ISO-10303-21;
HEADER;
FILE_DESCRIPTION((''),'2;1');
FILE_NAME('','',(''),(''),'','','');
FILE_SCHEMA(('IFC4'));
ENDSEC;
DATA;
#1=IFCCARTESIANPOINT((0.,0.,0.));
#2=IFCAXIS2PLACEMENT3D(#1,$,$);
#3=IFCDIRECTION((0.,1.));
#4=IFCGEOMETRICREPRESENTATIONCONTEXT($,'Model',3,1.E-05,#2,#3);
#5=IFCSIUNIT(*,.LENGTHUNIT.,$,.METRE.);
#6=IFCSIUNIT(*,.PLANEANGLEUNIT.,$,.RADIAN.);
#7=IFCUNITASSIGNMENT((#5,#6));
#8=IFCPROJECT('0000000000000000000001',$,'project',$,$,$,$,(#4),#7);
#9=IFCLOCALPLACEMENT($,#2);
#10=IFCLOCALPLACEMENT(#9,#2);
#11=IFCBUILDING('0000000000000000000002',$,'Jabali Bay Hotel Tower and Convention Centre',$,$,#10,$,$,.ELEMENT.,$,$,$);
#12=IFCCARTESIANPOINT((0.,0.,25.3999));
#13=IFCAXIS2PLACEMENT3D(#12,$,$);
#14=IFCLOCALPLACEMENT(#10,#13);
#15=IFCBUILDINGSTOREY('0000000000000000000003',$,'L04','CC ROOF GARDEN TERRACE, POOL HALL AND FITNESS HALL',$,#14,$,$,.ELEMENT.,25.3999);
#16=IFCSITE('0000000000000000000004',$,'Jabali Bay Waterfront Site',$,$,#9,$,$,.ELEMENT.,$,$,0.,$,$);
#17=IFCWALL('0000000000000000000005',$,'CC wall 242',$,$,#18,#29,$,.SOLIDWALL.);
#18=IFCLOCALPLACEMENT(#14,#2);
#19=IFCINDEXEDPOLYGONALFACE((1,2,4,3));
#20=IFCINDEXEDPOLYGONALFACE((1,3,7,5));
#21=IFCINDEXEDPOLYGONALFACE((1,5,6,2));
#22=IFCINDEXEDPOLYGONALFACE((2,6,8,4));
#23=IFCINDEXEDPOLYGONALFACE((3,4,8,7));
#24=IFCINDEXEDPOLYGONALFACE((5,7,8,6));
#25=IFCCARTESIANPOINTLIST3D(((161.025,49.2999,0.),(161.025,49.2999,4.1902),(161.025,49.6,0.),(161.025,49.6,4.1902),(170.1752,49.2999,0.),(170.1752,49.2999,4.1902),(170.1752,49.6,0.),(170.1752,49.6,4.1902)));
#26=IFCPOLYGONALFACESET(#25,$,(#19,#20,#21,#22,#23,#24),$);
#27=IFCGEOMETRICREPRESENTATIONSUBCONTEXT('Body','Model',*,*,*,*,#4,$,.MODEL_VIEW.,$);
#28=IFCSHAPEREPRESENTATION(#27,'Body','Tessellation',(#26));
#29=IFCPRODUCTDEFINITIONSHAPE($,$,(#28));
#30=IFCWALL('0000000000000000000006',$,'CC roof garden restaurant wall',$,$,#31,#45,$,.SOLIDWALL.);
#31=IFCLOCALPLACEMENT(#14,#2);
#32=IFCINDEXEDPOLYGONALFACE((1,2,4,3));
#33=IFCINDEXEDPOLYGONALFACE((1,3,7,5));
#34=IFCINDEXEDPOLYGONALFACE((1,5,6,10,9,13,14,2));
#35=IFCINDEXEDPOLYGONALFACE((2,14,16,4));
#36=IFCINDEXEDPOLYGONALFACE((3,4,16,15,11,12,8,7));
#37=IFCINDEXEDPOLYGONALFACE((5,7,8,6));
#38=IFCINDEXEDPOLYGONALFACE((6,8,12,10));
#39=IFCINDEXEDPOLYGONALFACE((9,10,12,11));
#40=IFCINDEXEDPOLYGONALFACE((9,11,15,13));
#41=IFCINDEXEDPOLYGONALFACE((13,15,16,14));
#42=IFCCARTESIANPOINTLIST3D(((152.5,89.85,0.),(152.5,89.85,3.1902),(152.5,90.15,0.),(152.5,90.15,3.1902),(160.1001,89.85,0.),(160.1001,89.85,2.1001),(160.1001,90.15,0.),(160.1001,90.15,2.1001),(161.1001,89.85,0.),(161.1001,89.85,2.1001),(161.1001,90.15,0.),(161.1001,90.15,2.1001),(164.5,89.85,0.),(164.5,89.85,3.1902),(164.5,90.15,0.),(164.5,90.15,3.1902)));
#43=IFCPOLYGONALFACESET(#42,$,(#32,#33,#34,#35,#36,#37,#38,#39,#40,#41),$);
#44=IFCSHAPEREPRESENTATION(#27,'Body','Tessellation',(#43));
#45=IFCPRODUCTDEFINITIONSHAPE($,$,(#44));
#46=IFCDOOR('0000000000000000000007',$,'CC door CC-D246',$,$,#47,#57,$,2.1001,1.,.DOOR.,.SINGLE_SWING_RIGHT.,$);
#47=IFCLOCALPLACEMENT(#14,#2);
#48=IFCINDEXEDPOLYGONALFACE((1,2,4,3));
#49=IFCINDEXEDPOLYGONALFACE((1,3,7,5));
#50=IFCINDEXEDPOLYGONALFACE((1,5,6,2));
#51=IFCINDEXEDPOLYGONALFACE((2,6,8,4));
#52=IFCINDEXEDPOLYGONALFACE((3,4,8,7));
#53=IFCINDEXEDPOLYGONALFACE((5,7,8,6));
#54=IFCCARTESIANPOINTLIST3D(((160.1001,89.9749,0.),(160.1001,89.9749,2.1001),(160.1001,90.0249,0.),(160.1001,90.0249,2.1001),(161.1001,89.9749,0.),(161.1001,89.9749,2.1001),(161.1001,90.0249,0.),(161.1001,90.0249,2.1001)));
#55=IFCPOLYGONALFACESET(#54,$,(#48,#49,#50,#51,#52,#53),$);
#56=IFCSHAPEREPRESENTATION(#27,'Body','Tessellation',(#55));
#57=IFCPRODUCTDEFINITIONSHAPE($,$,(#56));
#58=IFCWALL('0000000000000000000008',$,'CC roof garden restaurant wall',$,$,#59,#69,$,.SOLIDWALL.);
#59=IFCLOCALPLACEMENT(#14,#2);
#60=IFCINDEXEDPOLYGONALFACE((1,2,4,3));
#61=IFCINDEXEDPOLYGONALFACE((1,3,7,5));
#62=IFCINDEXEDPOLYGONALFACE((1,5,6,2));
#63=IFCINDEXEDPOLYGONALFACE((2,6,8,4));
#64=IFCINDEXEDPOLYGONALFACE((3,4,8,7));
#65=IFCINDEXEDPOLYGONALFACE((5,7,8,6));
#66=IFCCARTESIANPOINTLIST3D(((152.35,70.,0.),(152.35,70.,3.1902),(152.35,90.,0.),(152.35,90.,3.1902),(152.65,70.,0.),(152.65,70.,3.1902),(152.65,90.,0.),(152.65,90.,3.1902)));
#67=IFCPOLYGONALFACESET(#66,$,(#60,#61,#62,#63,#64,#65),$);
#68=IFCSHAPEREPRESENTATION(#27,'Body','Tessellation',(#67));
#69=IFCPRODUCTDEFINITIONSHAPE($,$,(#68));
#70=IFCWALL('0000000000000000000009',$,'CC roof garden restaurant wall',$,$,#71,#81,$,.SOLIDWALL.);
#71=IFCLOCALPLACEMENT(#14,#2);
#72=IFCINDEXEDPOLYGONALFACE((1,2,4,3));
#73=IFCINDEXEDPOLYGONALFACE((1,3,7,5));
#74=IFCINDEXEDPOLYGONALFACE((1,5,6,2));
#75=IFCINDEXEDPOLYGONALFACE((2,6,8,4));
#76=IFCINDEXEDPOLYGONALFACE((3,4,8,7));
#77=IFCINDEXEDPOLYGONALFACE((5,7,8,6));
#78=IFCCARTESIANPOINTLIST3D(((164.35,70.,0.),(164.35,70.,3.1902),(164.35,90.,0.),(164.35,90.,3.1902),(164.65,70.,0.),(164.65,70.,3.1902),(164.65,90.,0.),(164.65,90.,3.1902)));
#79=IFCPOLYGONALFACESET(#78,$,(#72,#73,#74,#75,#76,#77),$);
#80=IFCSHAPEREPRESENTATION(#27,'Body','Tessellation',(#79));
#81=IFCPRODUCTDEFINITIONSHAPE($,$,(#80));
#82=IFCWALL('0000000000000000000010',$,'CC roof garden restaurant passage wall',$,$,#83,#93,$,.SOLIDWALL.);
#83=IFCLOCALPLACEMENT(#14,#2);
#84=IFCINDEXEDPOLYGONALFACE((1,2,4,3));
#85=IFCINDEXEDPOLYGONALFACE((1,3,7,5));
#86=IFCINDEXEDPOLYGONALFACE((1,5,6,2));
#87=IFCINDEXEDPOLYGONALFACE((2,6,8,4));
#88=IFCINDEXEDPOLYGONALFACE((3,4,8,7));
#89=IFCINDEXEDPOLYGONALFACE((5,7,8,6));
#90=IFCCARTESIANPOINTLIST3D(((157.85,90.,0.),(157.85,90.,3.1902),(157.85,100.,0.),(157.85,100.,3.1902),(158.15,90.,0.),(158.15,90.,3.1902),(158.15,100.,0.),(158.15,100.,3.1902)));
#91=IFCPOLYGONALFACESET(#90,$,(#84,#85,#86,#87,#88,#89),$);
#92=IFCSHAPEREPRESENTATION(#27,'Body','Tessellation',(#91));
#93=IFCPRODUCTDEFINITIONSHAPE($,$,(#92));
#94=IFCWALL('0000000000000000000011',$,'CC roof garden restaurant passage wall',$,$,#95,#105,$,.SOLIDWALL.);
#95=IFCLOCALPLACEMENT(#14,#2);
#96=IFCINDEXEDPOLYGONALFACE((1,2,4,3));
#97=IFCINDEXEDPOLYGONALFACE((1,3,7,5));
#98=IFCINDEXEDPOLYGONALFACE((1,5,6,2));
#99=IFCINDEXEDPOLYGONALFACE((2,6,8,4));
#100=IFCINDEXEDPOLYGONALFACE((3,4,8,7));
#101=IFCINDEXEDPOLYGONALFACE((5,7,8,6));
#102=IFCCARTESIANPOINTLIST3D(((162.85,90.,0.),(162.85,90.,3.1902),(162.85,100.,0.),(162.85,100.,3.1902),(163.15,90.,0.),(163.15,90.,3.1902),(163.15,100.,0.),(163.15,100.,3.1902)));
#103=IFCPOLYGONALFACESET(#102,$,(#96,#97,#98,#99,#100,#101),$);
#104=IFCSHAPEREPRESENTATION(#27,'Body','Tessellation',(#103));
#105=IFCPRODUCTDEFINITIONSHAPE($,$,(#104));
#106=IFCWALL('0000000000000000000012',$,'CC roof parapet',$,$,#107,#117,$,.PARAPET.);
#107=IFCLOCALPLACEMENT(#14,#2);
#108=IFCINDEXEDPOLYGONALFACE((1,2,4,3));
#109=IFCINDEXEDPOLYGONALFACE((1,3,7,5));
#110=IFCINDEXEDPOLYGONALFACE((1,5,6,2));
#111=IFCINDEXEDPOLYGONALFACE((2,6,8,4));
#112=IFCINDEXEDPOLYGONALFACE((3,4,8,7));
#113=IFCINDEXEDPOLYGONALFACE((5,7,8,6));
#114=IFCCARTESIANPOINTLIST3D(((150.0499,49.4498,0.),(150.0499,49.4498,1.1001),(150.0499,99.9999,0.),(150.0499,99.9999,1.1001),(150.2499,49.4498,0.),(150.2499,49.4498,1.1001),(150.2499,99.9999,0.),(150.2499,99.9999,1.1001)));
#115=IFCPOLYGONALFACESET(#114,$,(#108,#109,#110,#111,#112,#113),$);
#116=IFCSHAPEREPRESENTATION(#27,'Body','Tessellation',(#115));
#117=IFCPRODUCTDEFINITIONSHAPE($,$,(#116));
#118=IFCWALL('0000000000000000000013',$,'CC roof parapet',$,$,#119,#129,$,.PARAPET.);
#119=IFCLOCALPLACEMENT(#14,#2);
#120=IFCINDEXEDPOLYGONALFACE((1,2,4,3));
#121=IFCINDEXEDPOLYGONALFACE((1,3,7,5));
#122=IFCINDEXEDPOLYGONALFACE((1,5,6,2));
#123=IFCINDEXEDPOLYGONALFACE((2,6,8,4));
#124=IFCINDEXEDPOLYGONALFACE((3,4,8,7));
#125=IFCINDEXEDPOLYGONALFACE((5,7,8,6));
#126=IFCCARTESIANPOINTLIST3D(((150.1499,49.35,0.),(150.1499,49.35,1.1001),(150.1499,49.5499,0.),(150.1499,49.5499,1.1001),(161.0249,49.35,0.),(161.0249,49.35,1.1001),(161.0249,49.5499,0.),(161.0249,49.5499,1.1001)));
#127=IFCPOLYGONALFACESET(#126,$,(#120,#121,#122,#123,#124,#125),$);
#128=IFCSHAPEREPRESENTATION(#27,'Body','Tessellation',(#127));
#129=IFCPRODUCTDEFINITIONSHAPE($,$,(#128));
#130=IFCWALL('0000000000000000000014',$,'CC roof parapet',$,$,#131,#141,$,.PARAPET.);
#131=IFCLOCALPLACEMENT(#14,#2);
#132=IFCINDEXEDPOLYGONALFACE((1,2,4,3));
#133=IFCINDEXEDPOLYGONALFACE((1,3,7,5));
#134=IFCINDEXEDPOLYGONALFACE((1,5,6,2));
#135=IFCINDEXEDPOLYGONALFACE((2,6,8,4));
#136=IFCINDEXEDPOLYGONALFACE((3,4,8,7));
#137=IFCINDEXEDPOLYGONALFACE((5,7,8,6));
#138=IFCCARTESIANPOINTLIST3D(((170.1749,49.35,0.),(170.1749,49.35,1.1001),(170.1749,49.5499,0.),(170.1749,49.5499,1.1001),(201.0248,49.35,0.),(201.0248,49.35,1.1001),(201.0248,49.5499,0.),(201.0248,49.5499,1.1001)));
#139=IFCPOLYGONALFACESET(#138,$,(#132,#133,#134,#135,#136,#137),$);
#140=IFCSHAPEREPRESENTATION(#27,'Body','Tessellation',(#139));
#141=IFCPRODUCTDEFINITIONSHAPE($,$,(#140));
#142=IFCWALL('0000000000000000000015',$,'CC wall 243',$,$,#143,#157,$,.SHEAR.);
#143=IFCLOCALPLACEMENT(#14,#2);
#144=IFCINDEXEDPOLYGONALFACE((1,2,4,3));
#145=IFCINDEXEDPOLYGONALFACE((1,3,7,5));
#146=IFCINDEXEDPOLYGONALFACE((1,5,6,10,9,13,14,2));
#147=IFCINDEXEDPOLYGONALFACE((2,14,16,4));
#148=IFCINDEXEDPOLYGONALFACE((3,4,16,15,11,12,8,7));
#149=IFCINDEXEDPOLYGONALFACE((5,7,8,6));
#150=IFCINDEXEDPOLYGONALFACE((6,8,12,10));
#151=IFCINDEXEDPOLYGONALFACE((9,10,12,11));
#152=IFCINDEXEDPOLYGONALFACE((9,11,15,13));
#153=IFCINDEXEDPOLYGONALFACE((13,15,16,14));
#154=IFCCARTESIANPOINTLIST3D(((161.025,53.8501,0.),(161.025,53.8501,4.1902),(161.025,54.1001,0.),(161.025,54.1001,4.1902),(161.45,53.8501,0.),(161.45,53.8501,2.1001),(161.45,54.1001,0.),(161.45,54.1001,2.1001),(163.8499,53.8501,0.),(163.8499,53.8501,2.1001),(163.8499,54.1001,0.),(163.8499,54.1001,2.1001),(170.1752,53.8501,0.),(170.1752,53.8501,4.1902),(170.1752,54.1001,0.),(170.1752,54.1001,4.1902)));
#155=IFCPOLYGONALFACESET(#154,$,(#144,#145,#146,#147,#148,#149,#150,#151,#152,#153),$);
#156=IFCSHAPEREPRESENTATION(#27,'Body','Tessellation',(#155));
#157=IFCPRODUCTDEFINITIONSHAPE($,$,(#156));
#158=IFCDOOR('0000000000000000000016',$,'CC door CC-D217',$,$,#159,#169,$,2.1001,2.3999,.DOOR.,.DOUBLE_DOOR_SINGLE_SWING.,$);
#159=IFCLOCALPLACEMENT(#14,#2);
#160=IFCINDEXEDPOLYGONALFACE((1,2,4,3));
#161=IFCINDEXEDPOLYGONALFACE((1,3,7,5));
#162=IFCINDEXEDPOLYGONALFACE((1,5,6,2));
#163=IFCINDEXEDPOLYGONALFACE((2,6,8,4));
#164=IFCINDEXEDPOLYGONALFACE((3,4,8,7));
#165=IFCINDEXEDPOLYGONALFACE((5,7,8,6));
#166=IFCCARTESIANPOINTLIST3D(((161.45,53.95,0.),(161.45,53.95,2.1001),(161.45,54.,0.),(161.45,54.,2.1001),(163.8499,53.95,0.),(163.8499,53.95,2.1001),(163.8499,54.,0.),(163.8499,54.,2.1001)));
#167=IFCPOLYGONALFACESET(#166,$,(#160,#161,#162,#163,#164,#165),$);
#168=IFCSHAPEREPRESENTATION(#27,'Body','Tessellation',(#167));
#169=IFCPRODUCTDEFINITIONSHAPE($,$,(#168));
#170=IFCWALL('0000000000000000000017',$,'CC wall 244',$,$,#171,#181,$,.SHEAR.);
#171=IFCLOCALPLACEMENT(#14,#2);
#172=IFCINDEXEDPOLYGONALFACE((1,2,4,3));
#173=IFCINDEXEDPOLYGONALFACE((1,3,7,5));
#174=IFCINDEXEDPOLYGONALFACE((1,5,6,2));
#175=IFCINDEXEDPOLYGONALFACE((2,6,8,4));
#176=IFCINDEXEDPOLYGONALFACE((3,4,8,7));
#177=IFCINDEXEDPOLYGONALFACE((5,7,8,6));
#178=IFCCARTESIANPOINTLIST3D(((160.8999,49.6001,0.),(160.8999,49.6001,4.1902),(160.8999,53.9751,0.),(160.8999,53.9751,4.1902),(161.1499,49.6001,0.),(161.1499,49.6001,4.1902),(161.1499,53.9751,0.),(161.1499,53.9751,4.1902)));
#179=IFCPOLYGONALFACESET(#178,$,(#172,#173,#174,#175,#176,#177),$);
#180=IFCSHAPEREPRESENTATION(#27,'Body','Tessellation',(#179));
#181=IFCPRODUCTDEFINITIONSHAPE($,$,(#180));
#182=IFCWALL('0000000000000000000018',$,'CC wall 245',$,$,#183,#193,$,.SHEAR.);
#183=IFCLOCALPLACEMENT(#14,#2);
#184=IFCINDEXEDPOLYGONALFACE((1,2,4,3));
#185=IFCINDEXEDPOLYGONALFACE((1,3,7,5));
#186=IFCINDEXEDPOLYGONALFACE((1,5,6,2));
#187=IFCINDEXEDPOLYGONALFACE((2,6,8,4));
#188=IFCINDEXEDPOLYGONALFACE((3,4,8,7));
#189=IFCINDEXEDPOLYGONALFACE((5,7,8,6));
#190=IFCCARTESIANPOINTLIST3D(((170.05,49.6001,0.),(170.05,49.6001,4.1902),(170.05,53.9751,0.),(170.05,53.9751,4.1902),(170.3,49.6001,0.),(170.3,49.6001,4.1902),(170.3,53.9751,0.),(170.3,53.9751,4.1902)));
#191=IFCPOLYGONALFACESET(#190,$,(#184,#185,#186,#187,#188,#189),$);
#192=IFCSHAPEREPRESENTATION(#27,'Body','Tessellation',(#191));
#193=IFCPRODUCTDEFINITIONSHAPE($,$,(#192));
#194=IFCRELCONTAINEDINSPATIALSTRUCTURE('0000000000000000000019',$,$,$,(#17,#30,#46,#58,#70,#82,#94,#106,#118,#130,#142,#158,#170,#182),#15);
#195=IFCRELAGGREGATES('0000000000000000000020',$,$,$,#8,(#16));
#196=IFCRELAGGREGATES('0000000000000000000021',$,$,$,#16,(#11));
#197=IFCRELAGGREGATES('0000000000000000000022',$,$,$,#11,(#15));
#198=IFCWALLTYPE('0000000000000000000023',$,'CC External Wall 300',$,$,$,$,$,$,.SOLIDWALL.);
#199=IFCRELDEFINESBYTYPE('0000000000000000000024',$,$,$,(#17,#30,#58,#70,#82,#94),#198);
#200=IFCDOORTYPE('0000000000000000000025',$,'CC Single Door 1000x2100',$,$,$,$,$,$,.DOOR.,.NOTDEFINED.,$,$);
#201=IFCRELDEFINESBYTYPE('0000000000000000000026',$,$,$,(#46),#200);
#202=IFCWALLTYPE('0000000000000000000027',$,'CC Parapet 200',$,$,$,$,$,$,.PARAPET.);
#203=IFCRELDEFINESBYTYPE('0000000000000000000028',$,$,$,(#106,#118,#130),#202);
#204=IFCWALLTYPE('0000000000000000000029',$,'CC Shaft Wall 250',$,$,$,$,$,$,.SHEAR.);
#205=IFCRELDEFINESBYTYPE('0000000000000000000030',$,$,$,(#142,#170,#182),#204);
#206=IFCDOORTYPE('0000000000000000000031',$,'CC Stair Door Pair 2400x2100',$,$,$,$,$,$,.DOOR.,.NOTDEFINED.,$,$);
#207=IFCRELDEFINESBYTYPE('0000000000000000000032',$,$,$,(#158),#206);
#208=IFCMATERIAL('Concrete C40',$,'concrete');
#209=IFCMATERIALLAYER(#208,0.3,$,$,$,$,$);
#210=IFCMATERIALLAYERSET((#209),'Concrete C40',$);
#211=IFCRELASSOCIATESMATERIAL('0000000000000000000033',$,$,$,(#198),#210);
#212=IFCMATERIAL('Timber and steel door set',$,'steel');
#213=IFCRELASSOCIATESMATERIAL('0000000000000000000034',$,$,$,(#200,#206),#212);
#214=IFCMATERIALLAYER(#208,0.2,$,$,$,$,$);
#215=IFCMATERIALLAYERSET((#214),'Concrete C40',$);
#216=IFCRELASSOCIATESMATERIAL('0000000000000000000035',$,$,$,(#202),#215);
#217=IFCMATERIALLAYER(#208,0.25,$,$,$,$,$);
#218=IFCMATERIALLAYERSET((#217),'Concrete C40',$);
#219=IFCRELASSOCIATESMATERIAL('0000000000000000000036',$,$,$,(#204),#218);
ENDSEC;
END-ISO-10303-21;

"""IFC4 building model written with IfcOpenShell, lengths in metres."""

from ifc_helpers import new_model, si_unit, direction, frame, frame_2d, origin, place, context, subcontext, project, spatial, rectangle, extrude, material, layer, layer_set, type_object, element, fill, save


model = new_model("IFC4")

# Units and contexts
model_context = context("Model", 3, precision=1e-05, world=origin(), true_north=direction((0.0, 1.0)))
body_context = subcontext(model_context, "Body", "Model", "MODEL_VIEW")
ifc_project = project(units=[si_unit("LENGTHUNIT", "METRE"), si_unit("PLANEANGLEUNIT", "RADIAN")], contexts=[model_context])

# Site, building, storey
site_placement = place(None, origin())
site = spatial("IfcSite", under=ifc_project, at=site_placement, Name="Jabali Bay Waterfront Site", CompositionType="ELEMENT", RefElevation=0.0)
building_placement = place(site_placement, origin())
building = spatial("IfcBuilding", under=site, at=building_placement, Name="Jabali Bay Hotel Tower and Convention Centre", CompositionType="ELEMENT")
storey_placement = place(building_placement, frame((0.0, 0.0, 25.3999)))
storey = spatial("IfcBuildingStorey", under=building, at=storey_placement, Name="L04", Description="CC ROOF GARDEN TERRACE, POOL HALL AND FITNESS HALL", CompositionType="ELEMENT", Elevation=25.3999)

# Wall
ifc_material_1 = material(Name="Concrete C40", Category="concrete")
ifc_layer_1 = layer(ifc_material_1, 0.3)
ifc_layer_set_1 = layer_set([ifc_layer_1], Name="Concrete C40")
wall_type_1 = type_object("IfcWallType", Name="CC External Wall 300", PredefinedType="SOLIDWALL", material=ifc_layer_set_1)
wall_1_placement = place(storey_placement, frame((161.0249, 49.45, 0.0), z_axis=(0.0, 0.0, 1.0), x_axis=(1.0, 0.0, 0.0)))
element("IfcWall", 1, at=wall_1_placement, inside=storey, type_object=wall_type_1, Name="CC wall 242", PredefinedType="SOLIDWALL", context=body_context, shape_type="SweptSolid", body=[
    extrude(rectangle(XDim=9.1501, YDim=0.3, at=frame_2d((4.5752, 0.0))), origin(), (0.0, 0.0, 1.0), 4.1902),
])

# Wall, opening, door
wall_2_placement = place(storey_placement, frame((152.5, 90.0, 0.0), z_axis=(0.0, 0.0, 1.0), x_axis=(1.0, 0.0, 0.0)))
wall_2 = element("IfcWall", 2, at=wall_2_placement, inside=storey, type_object=wall_type_1, Name="CC roof garden restaurant wall", PredefinedType="SOLIDWALL", context=body_context, shape_type="SweptSolid", body=[
    extrude(rectangle(XDim=12.0, YDim=0.3, at=frame_2d((6.0, 0.0))), origin(), (0.0, 0.0, 1.0), 3.1902),
])
opening_1_placement = place(wall_2_placement, frame((7.6001, 0.0, 0.0)))
opening_1 = element("IfcOpeningElement", 3, at=opening_1_placement, cuts=wall_2, PredefinedType="OPENING", context=body_context, shape_type="SweptSolid", body=[
    extrude(rectangle(XDim=1.0, YDim=2.1001, at=frame_2d((0.5, 1.05))), frame((0.0, 0.1606, 0.0), z_axis=(0.0, -1.0, 0.0), x_axis=(1.0, 0.0, 0.0)), (0.0, 0.0, 1.0), 0.321),
])
ifc_material_2 = material(Name="Timber and steel door set", Category="steel")
door_type_1 = type_object("IfcDoorType", Name="CC Single Door 1000x2100", OperationType="NOTDEFINED", PredefinedType="DOOR", material=ifc_material_2)
door_1_placement = place(opening_1_placement, origin())
door_1 = element("IfcDoor", 4, at=door_1_placement, inside=storey, type_object=door_type_1, Name="CC door CC-D246", OperationType="SINGLE_SWING_RIGHT", OverallHeight=2.1001, OverallWidth=1.0, PredefinedType="DOOR", context=body_context, shape_type="SweptSolid", body=[
    extrude(rectangle(XDim=1.0, YDim=2.1001, at=frame_2d((0.5, 1.05))), frame((0.0, 0.0249, 0.0), z_axis=(0.0, -1.0, 0.0), x_axis=(1.0, 0.0, 0.0)), (0.0, 0.0, 1.0), 0.05),
])
fill(opening_1, door_1)

# Walls
for number, where, z_axis, x_axis, name in (
    (5, (152.5, 70.0, 0.0), (0.0, 0.0, 1.0), (0.0, 1.0, 0.0), "CC roof garden restaurant wall"),
    (6, (164.5, 70.0, 0.0), (0.0, 0.0, 1.0), (0.0, 1.0, 0.0), "CC roof garden restaurant wall"),
):
    element("IfcWall", number, at=place(storey_placement, frame(where, z_axis=z_axis, x_axis=x_axis)), inside=storey, type_object=wall_type_1, Name=name, PredefinedType="SOLIDWALL", context=body_context, shape_type="SweptSolid", body=[
        extrude(rectangle(XDim=20.0, YDim=0.3, at=frame_2d((10.0, 0.0))), origin(), (0.0, 0.0, 1.0), 3.1902),
    ])
for number, where, z_axis, x_axis, name in (
    (7, (158.0, 90.0, 0.0), (0.0, 0.0, 1.0), (0.0, 1.0, 0.0), "CC roof garden restaurant passage wall"),
    (8, (163.0, 90.0, 0.0), (0.0, 0.0, 1.0), (0.0, 1.0, 0.0), "CC roof garden restaurant passage wall"),
):
    element("IfcWall", number, at=place(storey_placement, frame(where, z_axis=z_axis, x_axis=x_axis)), inside=storey, type_object=wall_type_1, Name=name, PredefinedType="SOLIDWALL", context=body_context, shape_type="SweptSolid", body=[
        extrude(rectangle(XDim=10.0, YDim=0.3, at=frame_2d((5.0, 0.0))), origin(), (0.0, 0.0, 1.0), 3.1902),
    ])
ifc_layer_2 = layer(ifc_material_1, 0.2)
ifc_layer_set_2 = layer_set([ifc_layer_2], Name="Concrete C40")
wall_type_2 = type_object("IfcWallType", Name="CC Parapet 200", PredefinedType="PARAPET", material=ifc_layer_set_2)
wall_3_placement = place(storey_placement, frame((150.1499, 49.45, 0.0), z_axis=(0.0, 0.0, 1.0), x_axis=(0.0, 1.0, 0.0)))
element("IfcWall", 9, at=wall_3_placement, inside=storey, type_object=wall_type_2, Name="CC roof parapet", PredefinedType="PARAPET", context=body_context, shape_type="SweptSolid", body=[
    extrude(rectangle(XDim=50.55, YDim=0.2, at=frame_2d((25.2749, 0.0))), origin(), (0.0, 0.0, 1.0), 1.1001),
])
wall_4_placement = place(storey_placement, frame((150.1499, 49.45, 0.0), z_axis=(0.0, 0.0, 1.0), x_axis=(1.0, 0.0, 0.0)))
element("IfcWall", 10, at=wall_4_placement, inside=storey, type_object=wall_type_2, Name="CC roof parapet", PredefinedType="PARAPET", context=body_context, shape_type="SweptSolid", body=[
    extrude(rectangle(XDim=10.875, YDim=0.2, at=frame_2d((5.4375, 0.0))), origin(), (0.0, 0.0, 1.0), 1.1001),
])
wall_5_placement = place(storey_placement, frame((170.175, 49.45, 0.0), z_axis=(0.0, 0.0, 1.0), x_axis=(1.0, 0.0, 0.0)))
element("IfcWall", 11, at=wall_5_placement, inside=storey, type_object=wall_type_2, Name="CC roof parapet", PredefinedType="PARAPET", context=body_context, shape_type="SweptSolid", body=[
    extrude(rectangle(XDim=30.8499, YDim=0.2, at=frame_2d((15.4248, 0.0))), origin(), (0.0, 0.0, 1.0), 1.1001),
])

# Wall, opening, door
ifc_layer_3 = layer(ifc_material_1, 0.25)
ifc_layer_set_3 = layer_set([ifc_layer_3], Name="Concrete C40")
wall_type_3 = type_object("IfcWallType", Name="CC Shaft Wall 250", PredefinedType="SHEAR", material=ifc_layer_set_3)
wall_6_placement = place(storey_placement, frame((161.0249, 53.9751, 0.0), z_axis=(0.0, 0.0, 1.0), x_axis=(1.0, 0.0, 0.0)))
wall_6 = element("IfcWall", 12, at=wall_6_placement, inside=storey, type_object=wall_type_3, Name="CC wall 243", PredefinedType="SHEAR", context=body_context, shape_type="SweptSolid", body=[
    extrude(rectangle(XDim=9.1501, YDim=0.25, at=frame_2d((4.5752, 0.0))), origin(), (0.0, 0.0, 1.0), 4.1902),
])
opening_2_placement = place(wall_6_placement, frame((0.425, 0.0, 0.0)))
opening_2 = element("IfcOpeningElement", 13, at=opening_2_placement, cuts=wall_6, PredefinedType="OPENING", context=body_context, shape_type="SweptSolid", body=[
    extrude(rectangle(XDim=2.3999, YDim=2.1001, at=frame_2d((1.2, 1.05))), frame((0.0, 0.1355, 0.0), z_axis=(0.0, -1.0, 0.0), x_axis=(1.0, 0.0, 0.0)), (0.0, 0.0, 1.0), 0.271),
])
door_type_2 = type_object("IfcDoorType", Name="CC Stair Door Pair 2400x2100", OperationType="NOTDEFINED", PredefinedType="DOOR", material=ifc_material_2)
door_2_placement = place(opening_2_placement, origin())
door_2 = element("IfcDoor", 14, at=door_2_placement, inside=storey, type_object=door_type_2, Name="CC door CC-D217", OperationType="DOUBLE_DOOR_SINGLE_SWING", OverallHeight=2.1001, OverallWidth=2.3999, PredefinedType="DOOR", context=body_context, shape_type="SweptSolid", body=[
    extrude(rectangle(XDim=2.3999, YDim=2.1001, at=frame_2d((1.2, 1.05))), frame((0.0, 0.0249, 0.0), z_axis=(0.0, -1.0, 0.0), x_axis=(1.0, 0.0, 0.0)), (0.0, 0.0, 1.0), 0.05),
])
fill(opening_2, door_2)

# Walls
for number, where, z_axis, x_axis, name in (
    (15, (161.0249, 49.6001, 0.0), (0.0, 0.0, 1.0), (0.0, 1.0, 0.0), "CC wall 244"),
    (16, (170.175, 49.6001, 0.0), (0.0, 0.0, 1.0), (0.0, 1.0, 0.0), "CC wall 245"),
):
    element("IfcWall", number, at=place(storey_placement, frame(where, z_axis=z_axis, x_axis=x_axis)), inside=storey, type_object=wall_type_3, Name=name, PredefinedType="SHEAR", context=body_context, shape_type="SweptSolid", body=[
        extrude(rectangle(XDim=4.375, YDim=0.25, at=frame_2d((2.1875, 0.0))), origin(), (0.0, 0.0, 1.0), 4.1902),
    ])

save(model, "model.ifc")
